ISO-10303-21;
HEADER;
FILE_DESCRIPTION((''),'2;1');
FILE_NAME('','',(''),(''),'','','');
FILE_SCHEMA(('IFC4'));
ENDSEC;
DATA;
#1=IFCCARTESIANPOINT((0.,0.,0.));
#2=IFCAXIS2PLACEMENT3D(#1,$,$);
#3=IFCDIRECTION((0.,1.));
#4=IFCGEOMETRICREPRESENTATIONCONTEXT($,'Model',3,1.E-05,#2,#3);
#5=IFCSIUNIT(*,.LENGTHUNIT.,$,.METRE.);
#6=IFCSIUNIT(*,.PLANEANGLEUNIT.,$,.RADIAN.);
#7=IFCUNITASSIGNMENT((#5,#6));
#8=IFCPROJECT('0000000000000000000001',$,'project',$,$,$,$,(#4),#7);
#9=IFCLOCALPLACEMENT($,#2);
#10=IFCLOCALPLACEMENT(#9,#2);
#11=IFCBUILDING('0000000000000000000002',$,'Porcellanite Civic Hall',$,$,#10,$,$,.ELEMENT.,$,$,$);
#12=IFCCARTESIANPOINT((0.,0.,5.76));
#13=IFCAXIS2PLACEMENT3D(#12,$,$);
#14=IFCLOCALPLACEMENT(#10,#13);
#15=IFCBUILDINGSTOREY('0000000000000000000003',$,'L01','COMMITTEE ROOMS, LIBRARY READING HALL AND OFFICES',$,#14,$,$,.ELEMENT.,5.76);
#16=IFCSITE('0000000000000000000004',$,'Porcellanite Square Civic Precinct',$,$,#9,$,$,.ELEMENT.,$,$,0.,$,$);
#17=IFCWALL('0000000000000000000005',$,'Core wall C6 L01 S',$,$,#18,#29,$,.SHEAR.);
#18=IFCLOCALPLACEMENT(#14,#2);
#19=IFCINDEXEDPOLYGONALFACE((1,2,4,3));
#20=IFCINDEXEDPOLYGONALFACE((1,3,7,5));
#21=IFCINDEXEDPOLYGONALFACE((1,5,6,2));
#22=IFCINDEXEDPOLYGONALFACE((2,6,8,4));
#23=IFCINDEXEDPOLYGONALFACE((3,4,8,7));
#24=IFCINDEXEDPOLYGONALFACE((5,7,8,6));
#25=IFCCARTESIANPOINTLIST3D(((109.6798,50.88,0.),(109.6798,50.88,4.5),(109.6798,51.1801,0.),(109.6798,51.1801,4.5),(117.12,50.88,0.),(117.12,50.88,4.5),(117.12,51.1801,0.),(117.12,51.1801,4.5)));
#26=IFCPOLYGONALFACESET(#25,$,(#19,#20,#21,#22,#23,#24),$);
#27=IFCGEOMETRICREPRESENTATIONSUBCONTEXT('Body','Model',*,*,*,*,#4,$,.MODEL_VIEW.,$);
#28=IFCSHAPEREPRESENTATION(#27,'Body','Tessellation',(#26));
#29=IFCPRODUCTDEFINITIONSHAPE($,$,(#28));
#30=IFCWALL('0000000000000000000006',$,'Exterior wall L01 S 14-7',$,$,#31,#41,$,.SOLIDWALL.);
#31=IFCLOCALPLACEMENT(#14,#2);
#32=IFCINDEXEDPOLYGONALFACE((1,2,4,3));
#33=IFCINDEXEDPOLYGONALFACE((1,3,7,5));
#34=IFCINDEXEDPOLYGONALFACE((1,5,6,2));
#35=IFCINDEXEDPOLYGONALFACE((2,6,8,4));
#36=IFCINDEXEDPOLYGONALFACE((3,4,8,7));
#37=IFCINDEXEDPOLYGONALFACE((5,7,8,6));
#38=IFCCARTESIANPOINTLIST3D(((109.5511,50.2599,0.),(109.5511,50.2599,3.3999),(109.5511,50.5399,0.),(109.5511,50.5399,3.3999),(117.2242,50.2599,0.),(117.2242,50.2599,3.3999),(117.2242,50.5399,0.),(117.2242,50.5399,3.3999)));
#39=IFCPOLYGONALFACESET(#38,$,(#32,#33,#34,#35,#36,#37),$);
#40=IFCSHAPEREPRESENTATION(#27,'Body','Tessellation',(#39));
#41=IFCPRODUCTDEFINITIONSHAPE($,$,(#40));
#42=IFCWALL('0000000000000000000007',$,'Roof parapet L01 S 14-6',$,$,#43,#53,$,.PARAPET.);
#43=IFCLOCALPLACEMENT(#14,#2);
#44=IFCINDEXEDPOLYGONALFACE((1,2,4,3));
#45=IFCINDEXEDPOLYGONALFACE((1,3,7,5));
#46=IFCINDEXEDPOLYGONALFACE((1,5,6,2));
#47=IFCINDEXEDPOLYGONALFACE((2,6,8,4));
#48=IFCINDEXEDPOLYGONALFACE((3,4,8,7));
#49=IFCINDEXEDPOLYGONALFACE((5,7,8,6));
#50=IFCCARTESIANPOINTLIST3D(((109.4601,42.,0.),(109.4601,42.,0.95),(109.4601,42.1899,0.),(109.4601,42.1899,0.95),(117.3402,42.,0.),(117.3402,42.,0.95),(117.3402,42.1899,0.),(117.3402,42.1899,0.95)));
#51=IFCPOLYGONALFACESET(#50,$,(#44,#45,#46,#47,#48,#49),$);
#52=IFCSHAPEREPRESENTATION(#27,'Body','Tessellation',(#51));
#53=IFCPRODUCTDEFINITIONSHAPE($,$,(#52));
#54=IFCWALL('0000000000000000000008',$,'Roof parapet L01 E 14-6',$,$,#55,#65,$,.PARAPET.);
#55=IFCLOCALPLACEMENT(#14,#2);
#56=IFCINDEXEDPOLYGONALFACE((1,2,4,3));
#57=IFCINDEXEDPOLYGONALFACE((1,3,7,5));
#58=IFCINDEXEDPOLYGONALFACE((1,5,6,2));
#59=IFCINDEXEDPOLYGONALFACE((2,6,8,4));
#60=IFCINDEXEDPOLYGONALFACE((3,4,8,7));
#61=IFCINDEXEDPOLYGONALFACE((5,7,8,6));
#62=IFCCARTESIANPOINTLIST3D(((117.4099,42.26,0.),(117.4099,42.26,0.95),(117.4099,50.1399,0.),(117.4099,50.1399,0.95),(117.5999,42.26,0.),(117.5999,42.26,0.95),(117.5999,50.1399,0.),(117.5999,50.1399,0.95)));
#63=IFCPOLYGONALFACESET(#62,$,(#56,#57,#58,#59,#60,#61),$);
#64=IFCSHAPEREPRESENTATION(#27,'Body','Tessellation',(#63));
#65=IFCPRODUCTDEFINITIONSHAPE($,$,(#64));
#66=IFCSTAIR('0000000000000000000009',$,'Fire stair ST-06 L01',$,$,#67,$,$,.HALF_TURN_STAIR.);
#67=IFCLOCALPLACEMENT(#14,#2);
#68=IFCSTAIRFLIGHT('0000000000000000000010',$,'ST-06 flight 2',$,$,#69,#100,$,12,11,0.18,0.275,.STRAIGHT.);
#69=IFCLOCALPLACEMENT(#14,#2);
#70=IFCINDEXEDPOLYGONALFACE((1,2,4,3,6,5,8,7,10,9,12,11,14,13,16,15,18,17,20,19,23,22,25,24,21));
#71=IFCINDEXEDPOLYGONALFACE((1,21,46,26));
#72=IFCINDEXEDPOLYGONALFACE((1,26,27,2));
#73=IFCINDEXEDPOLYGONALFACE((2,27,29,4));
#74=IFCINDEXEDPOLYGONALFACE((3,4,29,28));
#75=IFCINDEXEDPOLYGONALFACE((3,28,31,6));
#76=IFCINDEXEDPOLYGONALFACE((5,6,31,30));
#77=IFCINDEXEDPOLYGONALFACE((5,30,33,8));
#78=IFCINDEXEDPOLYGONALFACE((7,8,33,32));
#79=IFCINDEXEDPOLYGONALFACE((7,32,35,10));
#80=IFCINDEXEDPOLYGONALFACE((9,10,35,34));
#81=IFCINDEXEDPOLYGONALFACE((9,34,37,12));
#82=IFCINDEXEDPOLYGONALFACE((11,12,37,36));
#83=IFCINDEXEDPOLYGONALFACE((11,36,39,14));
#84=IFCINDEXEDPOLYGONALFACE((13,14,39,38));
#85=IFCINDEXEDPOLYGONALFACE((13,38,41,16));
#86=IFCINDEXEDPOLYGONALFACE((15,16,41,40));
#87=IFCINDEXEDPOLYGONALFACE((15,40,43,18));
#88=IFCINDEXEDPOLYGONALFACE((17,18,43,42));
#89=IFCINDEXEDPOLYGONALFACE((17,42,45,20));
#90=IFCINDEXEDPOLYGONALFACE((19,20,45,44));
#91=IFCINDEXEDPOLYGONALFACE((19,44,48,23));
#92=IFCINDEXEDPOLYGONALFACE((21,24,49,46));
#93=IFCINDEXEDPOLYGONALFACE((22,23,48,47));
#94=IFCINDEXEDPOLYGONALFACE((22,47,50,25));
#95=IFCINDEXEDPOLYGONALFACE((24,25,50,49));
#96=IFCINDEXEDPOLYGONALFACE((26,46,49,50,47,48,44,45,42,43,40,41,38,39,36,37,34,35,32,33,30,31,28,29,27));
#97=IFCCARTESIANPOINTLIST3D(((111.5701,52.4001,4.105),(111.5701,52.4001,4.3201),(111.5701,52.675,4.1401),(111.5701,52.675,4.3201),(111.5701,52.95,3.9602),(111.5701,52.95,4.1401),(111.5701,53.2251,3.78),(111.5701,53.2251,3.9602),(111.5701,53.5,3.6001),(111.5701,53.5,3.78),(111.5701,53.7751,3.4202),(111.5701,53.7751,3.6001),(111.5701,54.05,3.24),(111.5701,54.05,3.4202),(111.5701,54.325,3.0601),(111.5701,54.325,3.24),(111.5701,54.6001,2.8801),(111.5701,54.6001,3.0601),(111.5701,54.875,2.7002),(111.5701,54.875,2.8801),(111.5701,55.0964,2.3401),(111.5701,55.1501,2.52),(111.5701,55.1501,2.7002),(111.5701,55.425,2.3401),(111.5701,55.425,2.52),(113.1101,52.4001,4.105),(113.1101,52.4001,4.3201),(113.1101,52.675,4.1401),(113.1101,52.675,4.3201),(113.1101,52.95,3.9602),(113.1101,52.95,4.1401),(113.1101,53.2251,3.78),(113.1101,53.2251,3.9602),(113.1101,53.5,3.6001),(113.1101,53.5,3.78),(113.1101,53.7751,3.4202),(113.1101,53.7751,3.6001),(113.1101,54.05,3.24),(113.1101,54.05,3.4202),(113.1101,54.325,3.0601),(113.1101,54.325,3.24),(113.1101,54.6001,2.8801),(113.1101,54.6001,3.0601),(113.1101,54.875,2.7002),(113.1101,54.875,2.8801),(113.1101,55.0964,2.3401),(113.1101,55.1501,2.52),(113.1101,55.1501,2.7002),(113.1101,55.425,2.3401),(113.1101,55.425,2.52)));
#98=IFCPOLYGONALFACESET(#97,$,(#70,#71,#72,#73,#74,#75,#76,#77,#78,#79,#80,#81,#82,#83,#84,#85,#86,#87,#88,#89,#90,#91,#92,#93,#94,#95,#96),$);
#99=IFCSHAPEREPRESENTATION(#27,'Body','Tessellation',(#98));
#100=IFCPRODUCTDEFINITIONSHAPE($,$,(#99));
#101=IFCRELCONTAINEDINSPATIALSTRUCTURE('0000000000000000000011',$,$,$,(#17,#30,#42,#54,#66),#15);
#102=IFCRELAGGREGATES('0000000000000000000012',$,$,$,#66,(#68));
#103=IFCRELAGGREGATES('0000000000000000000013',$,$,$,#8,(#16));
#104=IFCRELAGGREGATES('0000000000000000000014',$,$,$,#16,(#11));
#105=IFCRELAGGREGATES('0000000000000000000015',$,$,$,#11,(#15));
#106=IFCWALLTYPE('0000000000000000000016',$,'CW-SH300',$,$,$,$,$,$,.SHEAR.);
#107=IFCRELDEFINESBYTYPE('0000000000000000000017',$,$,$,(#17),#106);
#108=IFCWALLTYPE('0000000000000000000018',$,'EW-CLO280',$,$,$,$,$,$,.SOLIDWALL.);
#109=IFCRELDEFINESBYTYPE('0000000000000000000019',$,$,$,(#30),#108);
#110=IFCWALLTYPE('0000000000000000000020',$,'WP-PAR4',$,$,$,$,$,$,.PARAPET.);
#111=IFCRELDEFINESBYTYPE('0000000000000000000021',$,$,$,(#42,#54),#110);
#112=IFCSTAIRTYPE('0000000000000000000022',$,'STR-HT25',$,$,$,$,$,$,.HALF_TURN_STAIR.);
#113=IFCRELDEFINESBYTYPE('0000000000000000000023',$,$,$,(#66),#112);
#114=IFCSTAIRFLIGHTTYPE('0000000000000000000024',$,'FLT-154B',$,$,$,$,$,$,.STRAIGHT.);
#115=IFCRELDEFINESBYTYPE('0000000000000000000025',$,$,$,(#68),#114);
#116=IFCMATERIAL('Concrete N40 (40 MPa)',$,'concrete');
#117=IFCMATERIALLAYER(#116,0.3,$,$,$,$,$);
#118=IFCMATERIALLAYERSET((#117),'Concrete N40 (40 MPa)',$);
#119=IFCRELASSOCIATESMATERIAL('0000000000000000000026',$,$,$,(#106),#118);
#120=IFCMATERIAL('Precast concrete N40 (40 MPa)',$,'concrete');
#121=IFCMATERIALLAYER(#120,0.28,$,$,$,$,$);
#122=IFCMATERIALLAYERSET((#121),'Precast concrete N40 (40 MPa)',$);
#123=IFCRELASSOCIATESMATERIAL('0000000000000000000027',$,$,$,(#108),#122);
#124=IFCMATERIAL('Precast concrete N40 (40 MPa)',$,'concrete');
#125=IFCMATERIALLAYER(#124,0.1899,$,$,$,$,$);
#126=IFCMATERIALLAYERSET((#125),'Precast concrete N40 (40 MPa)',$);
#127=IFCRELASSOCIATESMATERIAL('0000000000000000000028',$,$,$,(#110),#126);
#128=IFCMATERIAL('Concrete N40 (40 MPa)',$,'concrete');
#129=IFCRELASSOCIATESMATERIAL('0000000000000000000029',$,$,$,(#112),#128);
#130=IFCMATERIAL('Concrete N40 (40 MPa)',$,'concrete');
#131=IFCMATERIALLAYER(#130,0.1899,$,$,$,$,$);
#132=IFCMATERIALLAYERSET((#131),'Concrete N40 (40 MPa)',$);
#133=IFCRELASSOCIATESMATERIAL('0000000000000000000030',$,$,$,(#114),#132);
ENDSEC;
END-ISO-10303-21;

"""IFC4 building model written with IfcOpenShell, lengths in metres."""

from ifc_helpers import new_model, si_unit, direction, frame, frame_2d, origin, place, context, subcontext, project, spatial, polyline, rectangle, outline, extrude, material, layer, layer_set, type_object, element, aggregate, save


model = new_model("IFC4")

# Units and contexts
model_context = context("Model", 3, precision=1e-05, world=origin(), true_north=direction((0.0, 1.0)))
body_context = subcontext(model_context, "Body", "Model", "MODEL_VIEW")
ifc_project = project(units=[si_unit("LENGTHUNIT", "METRE"), si_unit("PLANEANGLEUNIT", "RADIAN")], contexts=[model_context])

# Site, building, storey
site_placement = place(None, origin())
site = spatial("IfcSite", under=ifc_project, at=site_placement, Name="Porcellanite Square Civic Precinct", CompositionType="ELEMENT", RefElevation=0.0)
building_placement = place(site_placement, origin())
building = spatial("IfcBuilding", under=site, at=building_placement, Name="Porcellanite Civic Hall", CompositionType="ELEMENT")
storey_placement = place(building_placement, frame((0.0, 0.0, 5.76)))
storey = spatial("IfcBuildingStorey", under=building, at=storey_placement, Name="L01", Description="COMMITTEE ROOMS, LIBRARY READING HALL AND OFFICES", CompositionType="ELEMENT", Elevation=5.76)

# Walls
ifc_material_1 = material(Name="Concrete N40 (40 MPa)", Category="concrete")
ifc_layer_1 = layer(ifc_material_1, 0.3)
ifc_layer_set_1 = layer_set([ifc_layer_1], Name="Concrete N40 (40 MPa)")
wall_type_1 = type_object("IfcWallType", Name="CW-SH300", PredefinedType="SHEAR", material=ifc_layer_set_1)
wall_1_placement = place(storey_placement, frame((117.1201, 51.03, 0.0), z_axis=(0.0, 0.0, 1.0), x_axis=(-1.0, 0.0, 0.0)))
element("IfcWall", 1, at=wall_1_placement, inside=storey, type_object=wall_type_1, Name="Core wall C6 L01 S", PredefinedType="SHEAR", context=body_context, shape_type="SweptSolid", body=[
    extrude(rectangle(XDim=7.4402, YDim=0.3, at=frame_2d((3.7202, 0.0))), origin(), (0.0, 0.0, 1.0), 4.5),
])
ifc_material_2 = material(Name="Precast concrete N40 (40 MPa)", Category="concrete")
ifc_layer_2 = layer(ifc_material_2, 0.28)
ifc_layer_set_2 = layer_set([ifc_layer_2], Name="Precast concrete N40 (40 MPa)")
wall_type_2 = type_object("IfcWallType", Name="EW-CLO280", PredefinedType="SOLIDWALL", material=ifc_layer_set_2)
wall_2_placement = place(storey_placement, frame((117.2241, 50.3999, 0.0), z_axis=(0.0, 0.0, 1.0), x_axis=(-1.0, 0.0, 0.0)))
element("IfcWall", 2, at=wall_2_placement, inside=storey, type_object=wall_type_2, Name="Exterior wall L01 S 14-7", PredefinedType="SOLIDWALL", context=body_context, shape_type="SweptSolid", body=[
    extrude(rectangle(XDim=7.6731, YDim=0.28, at=frame_2d((3.8364, 0.0))), origin(), (0.0, 0.0, 1.0), 3.3999),
])

# Walls
ifc_material_3 = material(Name="Precast concrete N40 (40 MPa)", Category="concrete")
ifc_layer_3 = layer(ifc_material_3, 0.1899)
ifc_layer_set_3 = layer_set([ifc_layer_3], Name="Precast concrete N40 (40 MPa)")
wall_type_3 = type_object("IfcWallType", Name="WP-PAR4", PredefinedType="PARAPET", material=ifc_layer_set_3)
wall_3_placement = place(storey_placement, frame((117.3401, 42.095, 0.0), z_axis=(0.0, 0.0, 1.0), x_axis=(-1.0, 0.0, 0.0)))
element("IfcWall", 3, at=wall_3_placement, inside=storey, type_object=wall_type_3, Name="Roof parapet L01 S 14-6", PredefinedType="PARAPET", context=body_context, shape_type="SweptSolid", body=[
    extrude(rectangle(XDim=7.8801, YDim=0.1899, at=frame_2d((3.9399, 0.0))), origin(), (0.0, 0.0, 1.0), 0.95),
])
wall_4_placement = place(storey_placement, frame((117.5049, 50.1399, 0.0), z_axis=(0.0, 0.0, 1.0), x_axis=(0.0, -1.0, 0.0)))
element("IfcWall", 4, at=wall_4_placement, inside=storey, type_object=wall_type_3, Name="Roof parapet L01 E 14-6", PredefinedType="PARAPET", context=body_context, shape_type="SweptSolid", body=[
    extrude(rectangle(XDim=7.8799, YDim=0.1899, at=frame_2d((3.9399, 0.0))), origin(), (0.0, 0.0, 1.0), 0.95),
])

# Stair, stair flight
ifc_material_4 = material(Name="Concrete N40 (40 MPa)", Category="concrete")
stair_type = type_object("IfcStairType", Name="STR-HT25", PredefinedType="HALF_TURN_STAIR", material=ifc_material_4)
stair_placement = place(storey_placement, origin())
stair = element("IfcStair", 5, at=stair_placement, inside=storey, type_object=stair_type, Name="Fire stair ST-06 L01", PredefinedType="HALF_TURN_STAIR")
ifc_material_5 = material(Name="Concrete N40 (40 MPa)", Category="concrete")
ifc_layer_4 = layer(ifc_material_5, 0.1899)
ifc_layer_set_4 = layer_set([ifc_layer_4], Name="Concrete N40 (40 MPa)")
stair_flight_type = type_object("IfcStairFlightType", Name="FLT-154B", PredefinedType="STRAIGHT", material=ifc_layer_set_4)
stair_flight_placement = place(storey_placement, frame((112.3401, 55.425, 2.3401), z_axis=(0.0, 0.0, 1.0), x_axis=(0.0, -1.0, 0.0)))
stair_flight = element("IfcStairFlight", 6, at=stair_flight_placement, type_object=stair_flight_type, Name="ST-06 flight 2", NumberOfRisers=12, NumberOfTreads=11, PredefinedType="STRAIGHT", RiserHeight=0.18, TreadLength=0.275, context=body_context, shape_type="SweptSolid", body=[
    extrude(outline(polyline([(0.0, 0.0), (0.0, 0.1799), (0.2749, 0.1799), (0.2749, 0.3601), (0.55, 0.3601), (0.55, 0.54), (0.825, 0.54), (0.825, 0.72), (1.1001, 0.72), (1.1001, 0.8999), (1.375, 0.8999), (1.375, 1.0801), (1.6499, 1.0801), (1.6499, 1.26), (1.925, 1.26), (1.925, 1.4399), (2.2, 1.4399), (2.2, 1.6201), (2.4751, 1.6201), (2.4751, 1.8), (2.75, 1.8), (2.75, 1.98), (3.0249, 1.98), (3.0249, 2.1599), (3.0249, 1.7649), (0.3286, 0.0), (0.0, 0.0)])), frame((0.0, 0.77, 0.0), z_axis=(0.0, -1.0, 0.0), x_axis=(1.0, 0.0, 0.0)), (0.0, 0.0, 1.0), 1.54),
])
aggregate(stair, [stair_flight])

save(model, "model.ifc")
